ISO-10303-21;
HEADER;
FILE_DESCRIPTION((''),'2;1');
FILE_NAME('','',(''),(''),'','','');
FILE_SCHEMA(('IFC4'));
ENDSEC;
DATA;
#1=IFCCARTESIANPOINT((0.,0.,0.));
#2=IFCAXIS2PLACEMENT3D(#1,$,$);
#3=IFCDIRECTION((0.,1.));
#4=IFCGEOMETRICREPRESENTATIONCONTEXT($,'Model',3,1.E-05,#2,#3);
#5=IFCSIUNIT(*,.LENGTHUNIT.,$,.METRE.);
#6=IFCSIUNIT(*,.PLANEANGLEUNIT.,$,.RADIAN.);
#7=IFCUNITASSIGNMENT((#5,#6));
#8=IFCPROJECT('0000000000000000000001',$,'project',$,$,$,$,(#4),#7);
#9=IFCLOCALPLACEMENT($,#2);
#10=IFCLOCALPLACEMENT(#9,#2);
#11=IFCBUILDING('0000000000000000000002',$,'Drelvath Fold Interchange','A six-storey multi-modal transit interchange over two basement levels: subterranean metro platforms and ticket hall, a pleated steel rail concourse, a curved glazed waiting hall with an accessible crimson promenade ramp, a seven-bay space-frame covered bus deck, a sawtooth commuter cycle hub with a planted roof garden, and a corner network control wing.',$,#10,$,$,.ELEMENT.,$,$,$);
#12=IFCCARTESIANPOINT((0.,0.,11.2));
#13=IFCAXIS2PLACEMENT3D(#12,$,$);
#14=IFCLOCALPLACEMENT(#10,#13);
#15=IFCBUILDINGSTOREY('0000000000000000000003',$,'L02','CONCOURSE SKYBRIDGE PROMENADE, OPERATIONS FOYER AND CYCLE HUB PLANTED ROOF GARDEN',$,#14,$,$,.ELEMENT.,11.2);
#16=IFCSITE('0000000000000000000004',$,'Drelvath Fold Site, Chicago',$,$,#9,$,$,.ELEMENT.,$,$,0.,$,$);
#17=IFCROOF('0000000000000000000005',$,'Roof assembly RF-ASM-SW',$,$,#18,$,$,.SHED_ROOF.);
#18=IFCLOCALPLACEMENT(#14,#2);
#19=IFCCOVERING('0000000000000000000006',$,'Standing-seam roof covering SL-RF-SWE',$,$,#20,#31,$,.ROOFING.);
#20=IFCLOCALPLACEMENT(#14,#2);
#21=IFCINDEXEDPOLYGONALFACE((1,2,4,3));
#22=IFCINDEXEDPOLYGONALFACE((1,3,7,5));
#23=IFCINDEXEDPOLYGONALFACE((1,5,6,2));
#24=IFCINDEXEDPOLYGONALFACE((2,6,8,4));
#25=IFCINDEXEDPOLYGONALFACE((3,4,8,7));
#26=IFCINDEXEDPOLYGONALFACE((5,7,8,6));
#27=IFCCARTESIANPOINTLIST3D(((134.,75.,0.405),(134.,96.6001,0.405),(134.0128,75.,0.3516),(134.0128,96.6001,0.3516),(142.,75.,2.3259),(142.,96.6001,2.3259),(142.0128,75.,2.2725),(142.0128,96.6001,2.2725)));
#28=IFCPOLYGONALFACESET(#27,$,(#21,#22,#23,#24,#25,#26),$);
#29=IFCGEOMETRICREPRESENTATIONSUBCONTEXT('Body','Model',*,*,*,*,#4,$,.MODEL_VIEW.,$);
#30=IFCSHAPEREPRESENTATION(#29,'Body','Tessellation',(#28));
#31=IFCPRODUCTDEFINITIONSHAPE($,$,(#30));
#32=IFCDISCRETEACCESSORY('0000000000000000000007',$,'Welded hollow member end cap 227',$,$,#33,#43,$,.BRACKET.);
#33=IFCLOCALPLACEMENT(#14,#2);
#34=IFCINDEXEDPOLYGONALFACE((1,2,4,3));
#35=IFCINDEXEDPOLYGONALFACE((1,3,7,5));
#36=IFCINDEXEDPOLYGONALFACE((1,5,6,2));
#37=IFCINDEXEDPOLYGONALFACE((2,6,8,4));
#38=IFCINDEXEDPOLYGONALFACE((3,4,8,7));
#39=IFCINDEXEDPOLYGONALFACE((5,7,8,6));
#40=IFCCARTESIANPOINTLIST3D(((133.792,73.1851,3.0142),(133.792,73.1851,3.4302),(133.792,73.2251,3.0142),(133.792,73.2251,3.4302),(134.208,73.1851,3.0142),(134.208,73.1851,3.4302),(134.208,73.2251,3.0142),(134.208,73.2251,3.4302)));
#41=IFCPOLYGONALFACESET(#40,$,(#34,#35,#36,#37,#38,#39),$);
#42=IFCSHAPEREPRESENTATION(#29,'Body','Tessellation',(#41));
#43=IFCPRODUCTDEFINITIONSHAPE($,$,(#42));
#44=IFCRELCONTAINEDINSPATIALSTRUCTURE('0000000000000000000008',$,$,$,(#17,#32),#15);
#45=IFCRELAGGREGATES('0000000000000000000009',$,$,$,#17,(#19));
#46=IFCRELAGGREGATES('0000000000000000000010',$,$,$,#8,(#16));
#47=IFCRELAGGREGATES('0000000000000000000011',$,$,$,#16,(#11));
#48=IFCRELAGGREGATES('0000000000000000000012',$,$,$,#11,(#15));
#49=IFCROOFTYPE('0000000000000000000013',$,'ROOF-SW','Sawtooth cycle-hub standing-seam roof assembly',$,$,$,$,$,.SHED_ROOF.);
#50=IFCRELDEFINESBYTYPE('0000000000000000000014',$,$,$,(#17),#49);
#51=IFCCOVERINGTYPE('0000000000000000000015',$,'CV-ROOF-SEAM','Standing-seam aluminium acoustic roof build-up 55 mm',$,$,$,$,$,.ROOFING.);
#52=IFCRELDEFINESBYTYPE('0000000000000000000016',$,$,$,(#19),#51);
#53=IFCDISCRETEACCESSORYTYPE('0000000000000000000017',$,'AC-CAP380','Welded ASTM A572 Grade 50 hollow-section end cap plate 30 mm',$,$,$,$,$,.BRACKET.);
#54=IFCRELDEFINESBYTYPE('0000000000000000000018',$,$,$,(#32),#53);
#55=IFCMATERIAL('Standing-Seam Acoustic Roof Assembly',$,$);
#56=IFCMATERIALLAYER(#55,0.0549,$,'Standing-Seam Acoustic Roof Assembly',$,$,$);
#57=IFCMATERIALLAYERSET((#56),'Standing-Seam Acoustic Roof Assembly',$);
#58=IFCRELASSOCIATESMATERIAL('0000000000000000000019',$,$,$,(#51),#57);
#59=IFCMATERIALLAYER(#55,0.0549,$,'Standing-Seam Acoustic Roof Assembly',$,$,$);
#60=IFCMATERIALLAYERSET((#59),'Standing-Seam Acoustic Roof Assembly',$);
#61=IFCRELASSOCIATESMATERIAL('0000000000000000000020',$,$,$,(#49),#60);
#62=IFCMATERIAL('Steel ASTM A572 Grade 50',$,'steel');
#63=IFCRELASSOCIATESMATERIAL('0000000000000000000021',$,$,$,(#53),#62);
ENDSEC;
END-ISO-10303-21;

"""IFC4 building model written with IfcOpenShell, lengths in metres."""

from ifc_helpers import new_model, si_unit, direction, frame, origin, origin_2d, place, context, subcontext, project, spatial, polyline, rectangle, outline, extrude, material, layer, layer_set, type_object, element, aggregate, save


model = new_model("IFC4")

# Units and contexts
model_context = context("Model", 3, precision=1e-05, world=origin(), true_north=direction((0.0, 1.0)))
body_context = subcontext(model_context, "Body", "Model", "MODEL_VIEW")
ifc_project = project(units=[si_unit("LENGTHUNIT", "METRE"), si_unit("PLANEANGLEUNIT", "RADIAN")], contexts=[model_context])

# Site, building, storey
site_placement = place(None, origin())
site = spatial("IfcSite", under=ifc_project, at=site_placement, Name="Drelvath Fold Site, Chicago", CompositionType="ELEMENT", RefElevation=0.0)
building_placement = place(site_placement, origin())
building = spatial("IfcBuilding", under=site, at=building_placement, Name="Drelvath Fold Interchange", Description="A six-storey multi-modal transit interchange over two basement levels: subterranean metro platforms and ticket hall, a pleated steel rail concourse, a curved glazed waiting hall with an accessible crimson promenade ramp, a seven-bay space-frame covered bus deck, a sawtooth commuter cycle hub with a planted roof garden, and a corner network control wing.", CompositionType="ELEMENT")
storey_placement = place(building_placement, frame((0.0, 0.0, 11.2)))
storey = spatial("IfcBuildingStorey", under=building, at=storey_placement, Name="L02", Description="CONCOURSE SKYBRIDGE PROMENADE, OPERATIONS FOYER AND CYCLE HUB PLANTED ROOF GARDEN", CompositionType="ELEMENT", Elevation=11.2)

# Roof, covering
ifc_material_1 = material(Name="Standing-Seam Acoustic Roof Assembly")
ifc_layer_1 = layer(ifc_material_1, 0.0549, Name="Standing-Seam Acoustic Roof Assembly")
ifc_layer_set_1 = layer_set([ifc_layer_1], Name="Standing-Seam Acoustic Roof Assembly")
covering_type = type_object("IfcCoveringType", Name="CV-ROOF-SEAM", Description="Standing-seam aluminium acoustic roof build-up 55 mm", PredefinedType="ROOFING", material=ifc_layer_set_1)
ifc_layer_2 = layer(ifc_material_1, 0.0549, Name="Standing-Seam Acoustic Roof Assembly")
ifc_layer_set_2 = layer_set([ifc_layer_2], Name="Standing-Seam Acoustic Roof Assembly")
roof_type_1 = type_object("IfcRoofType", Name="ROOF-SW", Description="Sawtooth cycle-hub standing-seam roof assembly", PredefinedType="SHED_ROOF", material=ifc_layer_set_2)
roof_1_placement = place(storey_placement, origin())
roof_1 = element("IfcRoof", 1, at=roof_1_placement, inside=storey, type_object=roof_type_1, Name="Roof assembly RF-ASM-SW", PredefinedType="SHED_ROOF")
covering_1_placement = place(storey_placement, frame((134.0, 75.0, 0.405), z_axis=(-0.233476, 0.0, 0.972363), x_axis=(0.972363, 0.0, 0.233476)))
covering_1 = element("IfcCovering", 2, at=covering_1_placement, type_object=covering_type, Name="Standing-seam roof covering SL-RF-SWE", PredefinedType="ROOFING", context=body_context, shape_type="SweptSolid", body=[
    extrude(outline(polyline([(0.0, 0.0), (8.2274, 0.0), (8.2274, 21.6001), (0.0, 21.6001), (0.0, 0.0)])), origin(), (0.0, 0.0, -1.0), 0.0549),
])
aggregate(roof_1, [covering_1])

# Discrete accessory
ifc_material_2 = material(Name="Steel ASTM A572 Grade 50", Category="steel")
discrete_accessory_type = type_object("IfcDiscreteAccessoryType", Name="AC-CAP380", Description="Welded ASTM A572 Grade 50 hollow-section end cap plate 30 mm", PredefinedType="BRACKET", material=ifc_material_2)
discrete_accessory_placement = place(storey_placement, frame((134.0, 73.2051, 3.0142), z_axis=(0.0, 0.0, 1.0), x_axis=(1.0, 0.0, 0.0)))
element("IfcDiscreteAccessory", 3, at=discrete_accessory_placement, inside=storey, type_object=discrete_accessory_type, Name="Welded hollow member end cap 227", PredefinedType="BRACKET", context=body_context, shape_type="SweptSolid", body=[
    extrude(rectangle(XDim=0.416, YDim=0.04, at=origin_2d()), origin(), (0.0, 0.0, 1.0), 0.416),
])

save(model, "model.ifc")
